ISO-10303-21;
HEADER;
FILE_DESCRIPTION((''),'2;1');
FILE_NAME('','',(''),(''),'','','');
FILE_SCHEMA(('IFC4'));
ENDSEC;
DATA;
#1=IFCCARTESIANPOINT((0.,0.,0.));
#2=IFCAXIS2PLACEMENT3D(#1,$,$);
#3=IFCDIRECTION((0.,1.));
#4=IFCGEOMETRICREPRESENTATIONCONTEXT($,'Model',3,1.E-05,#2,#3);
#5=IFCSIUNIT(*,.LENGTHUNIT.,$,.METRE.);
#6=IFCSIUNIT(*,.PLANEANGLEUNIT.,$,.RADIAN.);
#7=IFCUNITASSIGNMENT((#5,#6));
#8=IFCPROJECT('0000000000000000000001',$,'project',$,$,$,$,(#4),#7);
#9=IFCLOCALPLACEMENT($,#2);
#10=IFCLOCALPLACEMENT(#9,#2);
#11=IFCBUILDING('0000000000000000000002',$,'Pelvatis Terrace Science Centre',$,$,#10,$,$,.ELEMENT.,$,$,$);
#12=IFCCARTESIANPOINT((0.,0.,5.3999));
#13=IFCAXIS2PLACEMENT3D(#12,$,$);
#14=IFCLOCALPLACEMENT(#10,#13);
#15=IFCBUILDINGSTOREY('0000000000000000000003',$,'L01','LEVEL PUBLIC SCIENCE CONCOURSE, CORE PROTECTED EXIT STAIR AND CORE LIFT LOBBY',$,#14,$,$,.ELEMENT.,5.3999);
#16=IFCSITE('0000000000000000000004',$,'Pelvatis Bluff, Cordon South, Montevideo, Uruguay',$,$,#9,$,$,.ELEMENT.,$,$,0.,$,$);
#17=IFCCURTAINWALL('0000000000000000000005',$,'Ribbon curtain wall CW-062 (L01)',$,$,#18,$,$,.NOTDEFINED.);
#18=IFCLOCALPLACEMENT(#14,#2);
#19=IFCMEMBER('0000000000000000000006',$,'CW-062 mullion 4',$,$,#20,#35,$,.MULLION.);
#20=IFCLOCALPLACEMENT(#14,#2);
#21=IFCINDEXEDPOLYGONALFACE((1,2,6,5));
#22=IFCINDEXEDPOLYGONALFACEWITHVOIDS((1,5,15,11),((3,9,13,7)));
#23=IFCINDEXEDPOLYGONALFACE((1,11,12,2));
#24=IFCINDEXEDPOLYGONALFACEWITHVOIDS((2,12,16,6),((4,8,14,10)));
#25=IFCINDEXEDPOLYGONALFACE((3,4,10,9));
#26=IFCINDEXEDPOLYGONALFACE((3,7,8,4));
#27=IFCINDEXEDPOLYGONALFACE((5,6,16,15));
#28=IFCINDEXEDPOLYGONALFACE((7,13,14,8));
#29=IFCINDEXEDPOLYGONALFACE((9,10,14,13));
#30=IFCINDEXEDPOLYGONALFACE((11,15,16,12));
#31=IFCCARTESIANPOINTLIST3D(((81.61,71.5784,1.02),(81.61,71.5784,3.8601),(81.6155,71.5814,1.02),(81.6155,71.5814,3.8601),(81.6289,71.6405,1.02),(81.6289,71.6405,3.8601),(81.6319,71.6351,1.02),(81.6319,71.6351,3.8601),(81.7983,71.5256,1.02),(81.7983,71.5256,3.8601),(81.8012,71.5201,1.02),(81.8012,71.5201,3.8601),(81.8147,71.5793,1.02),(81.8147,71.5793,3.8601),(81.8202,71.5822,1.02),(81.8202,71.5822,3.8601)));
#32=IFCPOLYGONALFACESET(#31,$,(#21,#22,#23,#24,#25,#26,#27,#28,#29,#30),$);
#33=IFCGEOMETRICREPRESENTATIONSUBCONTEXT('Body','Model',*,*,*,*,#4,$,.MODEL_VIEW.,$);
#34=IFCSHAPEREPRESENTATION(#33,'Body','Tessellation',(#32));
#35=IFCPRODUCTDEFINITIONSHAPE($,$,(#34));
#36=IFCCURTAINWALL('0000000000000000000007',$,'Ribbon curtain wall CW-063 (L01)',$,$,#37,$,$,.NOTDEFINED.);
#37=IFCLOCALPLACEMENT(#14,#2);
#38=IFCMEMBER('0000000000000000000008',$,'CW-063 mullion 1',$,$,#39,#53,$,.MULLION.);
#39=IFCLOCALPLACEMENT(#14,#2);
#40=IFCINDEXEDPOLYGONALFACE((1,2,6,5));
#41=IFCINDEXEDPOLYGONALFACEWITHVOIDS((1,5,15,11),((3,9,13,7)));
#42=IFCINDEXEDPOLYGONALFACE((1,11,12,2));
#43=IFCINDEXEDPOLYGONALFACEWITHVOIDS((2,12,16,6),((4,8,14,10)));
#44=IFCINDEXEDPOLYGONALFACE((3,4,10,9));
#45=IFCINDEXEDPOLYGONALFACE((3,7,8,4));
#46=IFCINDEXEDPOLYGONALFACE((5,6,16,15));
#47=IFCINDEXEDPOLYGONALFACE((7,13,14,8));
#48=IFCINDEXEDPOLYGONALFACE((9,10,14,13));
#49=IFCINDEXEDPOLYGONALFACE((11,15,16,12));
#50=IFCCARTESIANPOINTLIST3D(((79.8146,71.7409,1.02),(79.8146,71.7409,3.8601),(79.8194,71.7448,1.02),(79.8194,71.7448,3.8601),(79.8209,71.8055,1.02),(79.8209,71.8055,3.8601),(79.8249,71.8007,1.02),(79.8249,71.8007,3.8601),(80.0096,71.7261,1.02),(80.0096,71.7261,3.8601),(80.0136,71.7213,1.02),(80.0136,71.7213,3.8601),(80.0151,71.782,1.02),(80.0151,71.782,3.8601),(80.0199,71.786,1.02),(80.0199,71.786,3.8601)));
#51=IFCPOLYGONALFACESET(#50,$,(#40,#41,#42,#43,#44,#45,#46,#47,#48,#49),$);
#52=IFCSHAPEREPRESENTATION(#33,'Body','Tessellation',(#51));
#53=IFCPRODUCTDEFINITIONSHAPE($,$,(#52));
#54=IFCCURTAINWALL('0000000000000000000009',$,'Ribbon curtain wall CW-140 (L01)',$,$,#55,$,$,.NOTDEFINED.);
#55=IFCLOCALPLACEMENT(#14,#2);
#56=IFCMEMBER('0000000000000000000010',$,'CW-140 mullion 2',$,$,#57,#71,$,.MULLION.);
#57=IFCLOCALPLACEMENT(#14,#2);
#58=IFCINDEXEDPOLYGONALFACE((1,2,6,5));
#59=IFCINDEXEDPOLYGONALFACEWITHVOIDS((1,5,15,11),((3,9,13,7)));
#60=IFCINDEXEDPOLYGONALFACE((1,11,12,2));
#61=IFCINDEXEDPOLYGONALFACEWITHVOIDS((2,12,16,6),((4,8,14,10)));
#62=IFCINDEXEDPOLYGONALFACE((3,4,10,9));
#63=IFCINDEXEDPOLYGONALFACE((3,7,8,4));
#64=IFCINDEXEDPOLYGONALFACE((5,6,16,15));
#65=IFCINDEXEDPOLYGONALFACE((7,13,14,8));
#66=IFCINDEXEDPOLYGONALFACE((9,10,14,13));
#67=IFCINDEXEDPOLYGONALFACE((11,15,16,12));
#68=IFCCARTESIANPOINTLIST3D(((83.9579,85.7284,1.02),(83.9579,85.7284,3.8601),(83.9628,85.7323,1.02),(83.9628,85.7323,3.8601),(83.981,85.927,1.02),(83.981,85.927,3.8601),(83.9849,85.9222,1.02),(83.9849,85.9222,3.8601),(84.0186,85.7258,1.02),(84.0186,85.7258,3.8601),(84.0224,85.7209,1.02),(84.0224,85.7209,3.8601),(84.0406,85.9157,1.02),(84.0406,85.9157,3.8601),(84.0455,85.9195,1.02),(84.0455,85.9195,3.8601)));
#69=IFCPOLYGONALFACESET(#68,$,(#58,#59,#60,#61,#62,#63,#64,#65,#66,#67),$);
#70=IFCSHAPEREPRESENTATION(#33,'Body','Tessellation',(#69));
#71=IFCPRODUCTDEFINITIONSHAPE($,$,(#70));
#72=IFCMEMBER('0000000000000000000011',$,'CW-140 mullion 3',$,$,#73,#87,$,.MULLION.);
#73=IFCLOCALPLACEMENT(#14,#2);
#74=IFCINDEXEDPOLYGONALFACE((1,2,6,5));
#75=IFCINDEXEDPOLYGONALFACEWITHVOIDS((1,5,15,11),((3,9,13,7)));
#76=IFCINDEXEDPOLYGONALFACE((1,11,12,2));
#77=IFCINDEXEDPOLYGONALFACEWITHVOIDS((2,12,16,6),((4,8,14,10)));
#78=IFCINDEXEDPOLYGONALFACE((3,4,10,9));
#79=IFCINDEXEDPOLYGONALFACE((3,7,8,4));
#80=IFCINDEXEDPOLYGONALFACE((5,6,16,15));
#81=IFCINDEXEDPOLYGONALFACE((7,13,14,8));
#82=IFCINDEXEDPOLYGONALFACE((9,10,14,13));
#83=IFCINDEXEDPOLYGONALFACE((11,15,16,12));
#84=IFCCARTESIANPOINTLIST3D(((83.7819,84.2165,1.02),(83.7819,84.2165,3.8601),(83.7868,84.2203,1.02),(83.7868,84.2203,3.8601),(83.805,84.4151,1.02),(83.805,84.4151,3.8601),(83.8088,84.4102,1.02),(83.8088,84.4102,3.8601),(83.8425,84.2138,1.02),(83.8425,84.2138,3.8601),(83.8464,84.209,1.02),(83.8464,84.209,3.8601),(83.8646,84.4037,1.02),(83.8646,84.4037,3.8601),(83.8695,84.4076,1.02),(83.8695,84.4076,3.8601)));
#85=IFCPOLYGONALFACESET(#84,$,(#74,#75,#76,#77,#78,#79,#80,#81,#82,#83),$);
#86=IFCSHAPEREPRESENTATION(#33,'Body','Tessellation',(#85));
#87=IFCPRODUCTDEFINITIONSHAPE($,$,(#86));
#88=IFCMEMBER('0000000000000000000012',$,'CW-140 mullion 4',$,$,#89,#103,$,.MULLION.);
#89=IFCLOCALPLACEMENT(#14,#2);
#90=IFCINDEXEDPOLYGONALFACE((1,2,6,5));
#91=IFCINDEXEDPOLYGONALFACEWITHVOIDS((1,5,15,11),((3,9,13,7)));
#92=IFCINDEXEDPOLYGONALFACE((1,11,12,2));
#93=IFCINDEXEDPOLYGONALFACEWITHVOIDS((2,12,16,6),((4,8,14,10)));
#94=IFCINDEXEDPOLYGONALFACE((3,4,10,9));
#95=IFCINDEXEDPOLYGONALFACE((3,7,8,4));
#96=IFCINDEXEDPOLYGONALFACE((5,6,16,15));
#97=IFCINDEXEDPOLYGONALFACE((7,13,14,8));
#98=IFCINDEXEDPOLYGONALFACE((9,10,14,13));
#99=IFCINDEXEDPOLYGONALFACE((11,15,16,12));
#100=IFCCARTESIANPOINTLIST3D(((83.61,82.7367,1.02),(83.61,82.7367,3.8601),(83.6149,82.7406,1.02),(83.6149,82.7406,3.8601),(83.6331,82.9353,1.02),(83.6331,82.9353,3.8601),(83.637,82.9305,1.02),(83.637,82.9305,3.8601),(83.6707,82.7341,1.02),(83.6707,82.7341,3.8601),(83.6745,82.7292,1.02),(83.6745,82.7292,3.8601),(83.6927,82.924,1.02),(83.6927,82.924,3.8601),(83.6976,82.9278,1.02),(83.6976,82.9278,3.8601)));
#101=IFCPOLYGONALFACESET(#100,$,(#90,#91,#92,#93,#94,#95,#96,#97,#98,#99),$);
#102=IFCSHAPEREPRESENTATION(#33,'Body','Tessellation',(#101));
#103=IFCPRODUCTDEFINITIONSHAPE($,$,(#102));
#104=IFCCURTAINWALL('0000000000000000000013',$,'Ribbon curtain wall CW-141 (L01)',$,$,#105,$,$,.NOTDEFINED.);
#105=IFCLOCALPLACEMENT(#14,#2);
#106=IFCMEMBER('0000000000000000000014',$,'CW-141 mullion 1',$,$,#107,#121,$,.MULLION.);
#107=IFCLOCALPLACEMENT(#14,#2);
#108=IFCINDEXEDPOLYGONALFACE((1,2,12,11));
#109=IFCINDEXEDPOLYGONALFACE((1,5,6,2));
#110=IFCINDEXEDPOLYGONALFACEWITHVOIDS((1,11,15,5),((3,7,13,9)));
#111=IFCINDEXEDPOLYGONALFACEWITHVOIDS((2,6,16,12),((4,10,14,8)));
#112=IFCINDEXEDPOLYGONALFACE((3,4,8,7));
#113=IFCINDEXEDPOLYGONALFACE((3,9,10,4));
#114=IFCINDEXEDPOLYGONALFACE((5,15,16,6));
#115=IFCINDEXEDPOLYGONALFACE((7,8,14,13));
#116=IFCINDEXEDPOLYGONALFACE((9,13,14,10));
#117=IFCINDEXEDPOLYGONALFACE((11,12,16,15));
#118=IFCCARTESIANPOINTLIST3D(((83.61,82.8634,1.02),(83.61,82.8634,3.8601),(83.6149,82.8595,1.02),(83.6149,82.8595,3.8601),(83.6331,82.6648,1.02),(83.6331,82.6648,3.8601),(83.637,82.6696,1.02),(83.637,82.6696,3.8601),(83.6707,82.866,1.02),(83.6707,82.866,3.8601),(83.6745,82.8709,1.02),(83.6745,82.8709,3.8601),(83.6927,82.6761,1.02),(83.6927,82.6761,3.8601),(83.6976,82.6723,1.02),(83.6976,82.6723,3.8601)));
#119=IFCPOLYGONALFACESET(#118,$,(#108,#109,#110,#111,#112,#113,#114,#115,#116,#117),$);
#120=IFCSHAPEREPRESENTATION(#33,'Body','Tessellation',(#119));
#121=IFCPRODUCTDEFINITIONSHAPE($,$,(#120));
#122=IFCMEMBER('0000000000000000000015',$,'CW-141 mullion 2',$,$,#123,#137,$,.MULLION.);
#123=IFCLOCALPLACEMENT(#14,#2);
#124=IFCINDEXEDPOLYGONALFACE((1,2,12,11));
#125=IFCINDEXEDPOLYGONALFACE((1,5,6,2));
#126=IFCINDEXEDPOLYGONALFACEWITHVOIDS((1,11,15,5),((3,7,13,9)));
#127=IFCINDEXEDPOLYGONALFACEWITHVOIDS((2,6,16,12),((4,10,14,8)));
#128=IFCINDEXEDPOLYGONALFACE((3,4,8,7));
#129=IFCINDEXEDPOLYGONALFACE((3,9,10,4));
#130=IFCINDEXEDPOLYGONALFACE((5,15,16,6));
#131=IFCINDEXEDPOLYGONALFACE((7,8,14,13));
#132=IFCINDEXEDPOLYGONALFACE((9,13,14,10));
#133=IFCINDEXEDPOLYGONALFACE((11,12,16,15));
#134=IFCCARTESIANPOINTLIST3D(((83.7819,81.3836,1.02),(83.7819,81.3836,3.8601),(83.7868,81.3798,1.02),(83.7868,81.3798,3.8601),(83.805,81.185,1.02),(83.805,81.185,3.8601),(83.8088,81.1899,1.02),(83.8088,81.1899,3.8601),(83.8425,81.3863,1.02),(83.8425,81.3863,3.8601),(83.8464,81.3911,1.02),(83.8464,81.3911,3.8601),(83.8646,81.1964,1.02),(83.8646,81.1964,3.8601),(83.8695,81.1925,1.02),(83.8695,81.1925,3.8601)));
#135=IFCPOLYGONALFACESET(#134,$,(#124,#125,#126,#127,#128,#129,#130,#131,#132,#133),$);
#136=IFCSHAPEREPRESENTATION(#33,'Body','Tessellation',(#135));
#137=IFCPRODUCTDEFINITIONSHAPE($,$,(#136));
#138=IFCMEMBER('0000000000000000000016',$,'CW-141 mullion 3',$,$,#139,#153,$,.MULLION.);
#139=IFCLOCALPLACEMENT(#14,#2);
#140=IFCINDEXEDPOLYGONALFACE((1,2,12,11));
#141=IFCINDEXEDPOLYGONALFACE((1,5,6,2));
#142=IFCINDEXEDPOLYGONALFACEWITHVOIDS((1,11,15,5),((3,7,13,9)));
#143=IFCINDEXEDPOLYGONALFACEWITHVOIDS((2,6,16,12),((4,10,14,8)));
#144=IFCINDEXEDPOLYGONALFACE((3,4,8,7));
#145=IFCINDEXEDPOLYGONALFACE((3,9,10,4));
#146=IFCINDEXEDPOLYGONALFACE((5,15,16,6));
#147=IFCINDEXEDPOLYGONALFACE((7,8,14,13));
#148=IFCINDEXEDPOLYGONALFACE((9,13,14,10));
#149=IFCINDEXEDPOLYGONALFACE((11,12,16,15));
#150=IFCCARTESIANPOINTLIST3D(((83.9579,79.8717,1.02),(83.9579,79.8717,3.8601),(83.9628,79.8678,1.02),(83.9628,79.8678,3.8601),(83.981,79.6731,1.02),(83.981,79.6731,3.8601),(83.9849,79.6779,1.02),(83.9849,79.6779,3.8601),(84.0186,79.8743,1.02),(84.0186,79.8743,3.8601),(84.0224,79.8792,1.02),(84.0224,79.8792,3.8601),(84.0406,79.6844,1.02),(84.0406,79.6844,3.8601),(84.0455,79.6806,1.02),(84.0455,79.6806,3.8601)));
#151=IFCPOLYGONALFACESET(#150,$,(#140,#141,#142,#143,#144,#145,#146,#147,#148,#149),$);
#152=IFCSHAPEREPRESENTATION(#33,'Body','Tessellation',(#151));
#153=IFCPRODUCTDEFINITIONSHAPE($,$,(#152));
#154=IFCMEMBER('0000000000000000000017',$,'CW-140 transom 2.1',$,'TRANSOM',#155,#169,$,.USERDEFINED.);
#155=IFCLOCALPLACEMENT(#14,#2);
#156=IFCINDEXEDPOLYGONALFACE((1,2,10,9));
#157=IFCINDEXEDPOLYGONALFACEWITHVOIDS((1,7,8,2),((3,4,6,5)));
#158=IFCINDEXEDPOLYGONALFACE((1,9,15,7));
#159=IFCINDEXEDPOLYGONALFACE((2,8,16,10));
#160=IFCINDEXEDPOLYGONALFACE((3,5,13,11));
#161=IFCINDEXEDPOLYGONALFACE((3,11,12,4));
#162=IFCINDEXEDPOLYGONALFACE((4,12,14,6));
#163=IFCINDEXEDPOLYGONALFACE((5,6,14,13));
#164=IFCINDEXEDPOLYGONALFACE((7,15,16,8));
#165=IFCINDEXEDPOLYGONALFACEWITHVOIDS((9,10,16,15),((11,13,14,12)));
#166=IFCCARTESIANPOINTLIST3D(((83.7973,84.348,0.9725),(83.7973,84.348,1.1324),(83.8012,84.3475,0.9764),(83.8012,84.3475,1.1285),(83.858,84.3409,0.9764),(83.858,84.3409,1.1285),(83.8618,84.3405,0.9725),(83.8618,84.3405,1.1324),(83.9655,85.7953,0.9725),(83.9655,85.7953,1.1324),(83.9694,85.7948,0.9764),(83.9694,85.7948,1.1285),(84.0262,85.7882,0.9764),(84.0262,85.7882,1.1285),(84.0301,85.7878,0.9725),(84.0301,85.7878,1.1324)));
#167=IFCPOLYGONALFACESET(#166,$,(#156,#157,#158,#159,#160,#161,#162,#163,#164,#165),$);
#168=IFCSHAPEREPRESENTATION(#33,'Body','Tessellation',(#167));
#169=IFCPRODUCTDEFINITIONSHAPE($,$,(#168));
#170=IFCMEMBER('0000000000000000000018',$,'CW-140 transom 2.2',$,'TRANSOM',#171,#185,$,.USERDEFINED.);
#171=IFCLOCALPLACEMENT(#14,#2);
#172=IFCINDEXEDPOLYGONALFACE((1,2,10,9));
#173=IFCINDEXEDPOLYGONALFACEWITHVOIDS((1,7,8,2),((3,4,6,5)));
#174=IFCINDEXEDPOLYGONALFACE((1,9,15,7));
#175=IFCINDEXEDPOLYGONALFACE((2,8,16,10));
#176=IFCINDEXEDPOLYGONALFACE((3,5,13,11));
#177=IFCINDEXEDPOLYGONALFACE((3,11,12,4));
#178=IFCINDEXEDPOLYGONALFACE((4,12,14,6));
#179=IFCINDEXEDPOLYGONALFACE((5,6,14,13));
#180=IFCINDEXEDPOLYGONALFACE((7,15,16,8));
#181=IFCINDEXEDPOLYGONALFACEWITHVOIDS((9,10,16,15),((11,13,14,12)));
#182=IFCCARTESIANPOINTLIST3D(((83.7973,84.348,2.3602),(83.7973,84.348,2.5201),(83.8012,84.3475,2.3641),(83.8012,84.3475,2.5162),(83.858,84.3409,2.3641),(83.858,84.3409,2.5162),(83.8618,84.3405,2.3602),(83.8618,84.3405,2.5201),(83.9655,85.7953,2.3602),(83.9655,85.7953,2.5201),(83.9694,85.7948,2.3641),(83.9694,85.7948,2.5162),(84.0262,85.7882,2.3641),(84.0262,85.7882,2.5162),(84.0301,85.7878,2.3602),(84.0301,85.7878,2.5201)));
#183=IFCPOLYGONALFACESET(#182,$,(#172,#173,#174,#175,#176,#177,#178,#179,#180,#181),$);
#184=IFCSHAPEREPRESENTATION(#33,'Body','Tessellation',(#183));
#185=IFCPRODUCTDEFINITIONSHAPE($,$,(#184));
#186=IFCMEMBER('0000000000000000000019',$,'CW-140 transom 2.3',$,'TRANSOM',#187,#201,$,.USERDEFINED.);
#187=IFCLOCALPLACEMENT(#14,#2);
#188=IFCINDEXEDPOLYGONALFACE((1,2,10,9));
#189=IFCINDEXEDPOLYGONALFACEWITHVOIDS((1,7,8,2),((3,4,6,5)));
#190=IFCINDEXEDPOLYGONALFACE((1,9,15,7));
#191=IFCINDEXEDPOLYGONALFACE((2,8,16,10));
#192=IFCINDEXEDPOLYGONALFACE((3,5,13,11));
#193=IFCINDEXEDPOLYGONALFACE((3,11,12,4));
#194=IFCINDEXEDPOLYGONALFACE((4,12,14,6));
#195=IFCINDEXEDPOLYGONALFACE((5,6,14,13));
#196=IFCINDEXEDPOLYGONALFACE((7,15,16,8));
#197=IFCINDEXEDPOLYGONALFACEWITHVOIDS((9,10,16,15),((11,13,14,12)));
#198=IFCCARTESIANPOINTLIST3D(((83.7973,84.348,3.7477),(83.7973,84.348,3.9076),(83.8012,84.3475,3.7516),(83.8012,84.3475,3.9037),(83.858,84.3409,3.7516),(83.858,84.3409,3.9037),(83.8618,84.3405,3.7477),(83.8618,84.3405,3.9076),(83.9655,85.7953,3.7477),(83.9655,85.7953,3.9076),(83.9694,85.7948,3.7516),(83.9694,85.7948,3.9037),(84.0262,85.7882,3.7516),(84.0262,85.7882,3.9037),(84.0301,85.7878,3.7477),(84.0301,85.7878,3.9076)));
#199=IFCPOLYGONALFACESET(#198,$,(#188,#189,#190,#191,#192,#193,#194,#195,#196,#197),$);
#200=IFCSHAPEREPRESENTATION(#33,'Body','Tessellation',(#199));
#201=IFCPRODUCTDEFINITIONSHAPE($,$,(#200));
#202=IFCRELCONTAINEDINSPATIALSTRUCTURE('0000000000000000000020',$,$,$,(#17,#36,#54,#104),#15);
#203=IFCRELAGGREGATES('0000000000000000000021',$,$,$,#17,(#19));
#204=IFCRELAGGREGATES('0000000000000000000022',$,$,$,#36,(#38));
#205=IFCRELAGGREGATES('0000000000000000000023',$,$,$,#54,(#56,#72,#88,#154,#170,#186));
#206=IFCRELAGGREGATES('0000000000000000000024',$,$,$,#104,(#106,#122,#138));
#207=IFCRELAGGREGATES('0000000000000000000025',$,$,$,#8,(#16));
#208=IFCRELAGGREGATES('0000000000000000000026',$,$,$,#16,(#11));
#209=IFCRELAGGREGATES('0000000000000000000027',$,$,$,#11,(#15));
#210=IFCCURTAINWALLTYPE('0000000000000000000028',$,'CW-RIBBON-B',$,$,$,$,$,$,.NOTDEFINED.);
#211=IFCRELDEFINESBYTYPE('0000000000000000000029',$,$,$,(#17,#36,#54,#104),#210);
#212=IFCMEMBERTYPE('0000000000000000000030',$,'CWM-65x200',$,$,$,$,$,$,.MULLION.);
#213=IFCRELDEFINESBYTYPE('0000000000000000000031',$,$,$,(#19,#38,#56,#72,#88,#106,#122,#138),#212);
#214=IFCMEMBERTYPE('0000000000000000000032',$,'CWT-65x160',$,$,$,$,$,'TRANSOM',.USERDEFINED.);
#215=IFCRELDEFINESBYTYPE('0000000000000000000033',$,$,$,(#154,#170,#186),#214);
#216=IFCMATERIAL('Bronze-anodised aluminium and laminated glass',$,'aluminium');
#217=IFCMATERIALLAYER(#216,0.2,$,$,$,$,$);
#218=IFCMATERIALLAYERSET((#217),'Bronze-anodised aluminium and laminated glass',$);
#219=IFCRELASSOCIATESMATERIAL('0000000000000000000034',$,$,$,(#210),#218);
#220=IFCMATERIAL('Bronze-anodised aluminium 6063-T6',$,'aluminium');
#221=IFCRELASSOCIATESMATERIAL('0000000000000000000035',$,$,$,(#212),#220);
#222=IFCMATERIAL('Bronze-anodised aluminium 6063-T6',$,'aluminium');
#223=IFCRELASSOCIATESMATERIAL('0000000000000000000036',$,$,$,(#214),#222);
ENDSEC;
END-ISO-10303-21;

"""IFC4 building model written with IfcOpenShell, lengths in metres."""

from ifc_helpers import new_model, si_unit, direction, frame, origin, origin_2d, place, context, subcontext, project, spatial, hollow_rectangle, extrude, material, layer, layer_set, material_profile, profile_set, type_object, element, aggregate, save


model = new_model("IFC4")

# Units and contexts
model_context = context("Model", 3, precision=1e-05, world=origin(), true_north=direction((0.0, 1.0)))
body_context = subcontext(model_context, "Body", "Model", "MODEL_VIEW")
ifc_project = project(units=[si_unit("LENGTHUNIT", "METRE"), si_unit("PLANEANGLEUNIT", "RADIAN")], contexts=[model_context])

# Site, building, storey
site_placement = place(None, origin())
site = spatial("IfcSite", under=ifc_project, at=site_placement, Name="Pelvatis Bluff, Cordon South, Montevideo, Uruguay", CompositionType="ELEMENT", RefElevation=0.0)
building_placement = place(site_placement, origin())
building = spatial("IfcBuilding", under=site, at=building_placement, Name="Pelvatis Terrace Science Centre", CompositionType="ELEMENT")
storey_placement = place(building_placement, frame((0.0, 0.0, 5.3999)))
storey = spatial("IfcBuildingStorey", under=building, at=storey_placement, Name="L01", Description="LEVEL PUBLIC SCIENCE CONCOURSE, CORE PROTECTED EXIT STAIR AND CORE LIFT LOBBY", CompositionType="ELEMENT", Elevation=5.3999)

# Curtain walls, members
ifc_material_1 = material(Name="Bronze-anodised aluminium and laminated glass", Category="aluminium")
ifc_layer_1 = layer(ifc_material_1, 0.2)
ifc_layer_set_1 = layer_set([ifc_layer_1], Name="Bronze-anodised aluminium and laminated glass")
curtain_wall_type = type_object("IfcCurtainWallType", Name="CW-RIBBON-B", PredefinedType="NOTDEFINED", material=ifc_layer_set_1)
curtain_wall_1_placement = place(storey_placement, origin())
curtain_wall_1 = element("IfcCurtainWall", 1, at=curtain_wall_1_placement, inside=storey, type_object=curtain_wall_type, Name="Ribbon curtain wall CW-062 (L01)", PredefinedType="NOTDEFINED")
ifc_material_2 = material(Name="Bronze-anodised aluminium 6063-T6", Category="aluminium")
ifc_material_profile_1 = material_profile(ifc_material_2, hollow_rectangle(XDim=0.0649, YDim=0.2, WallThickness=0.0044, at=origin_2d()), Name="ALU-MUL 65x200")
ifc_profile_set_1 = profile_set([ifc_material_profile_1], Name="Bronze-anodised aluminium 6063-T6")
member_type_1 = type_object("IfcMemberType", Name="CWM-65x200", PredefinedType="MULLION", material=ifc_profile_set_1)
member_1_placement = place(storey_placement, frame((81.7151, 71.5803, 1.02), z_axis=(0.0, 0.0, 1.0), x_axis=(-0.291751, -0.956494, 0.0)))
member_1 = element("IfcMember", 2, at=member_1_placement, type_object=member_type_1, Name="CW-062 mullion 4", PredefinedType="MULLION", context=body_context, shape_type="SweptSolid", body=[
    extrude(hollow_rectangle(XDim=0.0649, YDim=0.2, WallThickness=0.0044, at=origin_2d()), origin(), (0.0, 0.0, 1.0), 2.8401),
])
aggregate(curtain_wall_1, [member_1])
curtain_wall_2_placement = place(storey_placement, origin())
curtain_wall_2 = element("IfcCurtainWall", 3, at=curtain_wall_2_placement, inside=storey, type_object=curtain_wall_type, Name="Ribbon curtain wall CW-063 (L01)", PredefinedType="NOTDEFINED")
member_2_placement = place(storey_placement, frame((79.9172, 71.7634, 1.02), z_axis=(0.0, 0.0, 1.0), x_axis=(-0.097743, -0.995212, 0.0)))
member_2 = element("IfcMember", 4, at=member_2_placement, type_object=member_type_1, Name="CW-063 mullion 1", PredefinedType="MULLION", context=body_context, shape_type="SweptSolid", body=[
    extrude(hollow_rectangle(XDim=0.0649, YDim=0.2, WallThickness=0.0044, at=origin_2d()), origin(), (0.0, 0.0, 1.0), 2.8401),
])
aggregate(curtain_wall_2, [member_2])

# Curtain walls, members
curtain_wall_3_placement = place(storey_placement, origin())
curtain_wall_3 = element("IfcCurtainWall", 5, at=curtain_wall_3_placement, inside=storey, type_object=curtain_wall_type, Name="Ribbon curtain wall CW-140 (L01)", PredefinedType="NOTDEFINED")
member_3_placement = place(storey_placement, frame((84.0017, 85.824, 1.02), z_axis=(0.0, 0.0, 1.0), x_axis=(0.993308, -0.115497, 0.0)))
member_3 = element("IfcMember", 6, at=member_3_placement, type_object=member_type_1, Name="CW-140 mullion 2", PredefinedType="MULLION", context=body_context, shape_type="SweptSolid", body=[
    extrude(hollow_rectangle(XDim=0.0649, YDim=0.2, WallThickness=0.0044, at=origin_2d()), origin(), (0.0, 0.0, 1.0), 2.8401),
])
member_4_placement = place(storey_placement, frame((83.8257, 84.312, 1.02), z_axis=(0.0, 0.0, 1.0), x_axis=(0.993308, -0.115497, 0.0)))
member_4 = element("IfcMember", 7, at=member_4_placement, type_object=member_type_1, Name="CW-140 mullion 3", PredefinedType="MULLION", context=body_context, shape_type="SweptSolid", body=[
    extrude(hollow_rectangle(XDim=0.0649, YDim=0.2, WallThickness=0.0044, at=origin_2d()), origin(), (0.0, 0.0, 1.0), 2.8401),
])
member_5_placement = place(storey_placement, frame((83.6538, 82.8323, 1.02), z_axis=(0.0, 0.0, 1.0), x_axis=(0.993308, -0.115497, 0.0)))
member_5 = element("IfcMember", 8, at=member_5_placement, type_object=member_type_1, Name="CW-140 mullion 4", PredefinedType="MULLION", context=body_context, shape_type="SweptSolid", body=[
    extrude(hollow_rectangle(XDim=0.0649, YDim=0.2, WallThickness=0.0044, at=origin_2d()), origin(), (0.0, 0.0, 1.0), 2.8401),
])
curtain_wall_4_placement = place(storey_placement, origin())
curtain_wall_4 = element("IfcCurtainWall", 9, at=curtain_wall_4_placement, inside=storey, type_object=curtain_wall_type, Name="Ribbon curtain wall CW-141 (L01)", PredefinedType="NOTDEFINED")
member_6_placement = place(storey_placement, frame((83.6538, 82.7678, 1.02), z_axis=(0.0, 0.0, 1.0), x_axis=(0.993308, 0.115497, 0.0)))
member_6 = element("IfcMember", 10, at=member_6_placement, type_object=member_type_1, Name="CW-141 mullion 1", PredefinedType="MULLION", context=body_context, shape_type="SweptSolid", body=[
    extrude(hollow_rectangle(XDim=0.0649, YDim=0.2, WallThickness=0.0044, at=origin_2d()), origin(), (0.0, 0.0, 1.0), 2.8401),
])
member_7_placement = place(storey_placement, frame((83.8257, 81.2881, 1.02), z_axis=(0.0, 0.0, 1.0), x_axis=(0.993308, 0.115497, 0.0)))
member_7 = element("IfcMember", 11, at=member_7_placement, type_object=member_type_1, Name="CW-141 mullion 2", PredefinedType="MULLION", context=body_context, shape_type="SweptSolid", body=[
    extrude(hollow_rectangle(XDim=0.0649, YDim=0.2, WallThickness=0.0044, at=origin_2d()), origin(), (0.0, 0.0, 1.0), 2.8401),
])
member_8_placement = place(storey_placement, frame((84.0017, 79.7761, 1.02), z_axis=(0.0, 0.0, 1.0), x_axis=(0.993308, 0.115497, 0.0)))
member_8 = element("IfcMember", 12, at=member_8_placement, type_object=member_type_1, Name="CW-141 mullion 3", PredefinedType="MULLION", context=body_context, shape_type="SweptSolid", body=[
    extrude(hollow_rectangle(XDim=0.0649, YDim=0.2, WallThickness=0.0044, at=origin_2d()), origin(), (0.0, 0.0, 1.0), 2.8401),
])

# Members
ifc_material_3 = material(Name="Bronze-anodised aluminium 6063-T6", Category="aluminium")
ifc_material_profile_2 = material_profile(ifc_material_3, hollow_rectangle(XDim=0.0649, YDim=0.1599, WallThickness=0.0039, at=origin_2d()), Name="ALU-TRN 65x160")
ifc_profile_set_2 = profile_set([ifc_material_profile_2], Name="Bronze-anodised aluminium 6063-T6")
member_type_2 = type_object("IfcMemberType", Name="CWT-65x160", ElementType="TRANSOM", PredefinedType="USERDEFINED", material=ifc_profile_set_2)
member_9_placement = place(storey_placement, frame((83.9978, 85.7915, 1.0525), z_axis=(-0.115451, -0.993313, 0.0), x_axis=(0.993313, -0.115451, 0.0)))
member_9 = element("IfcMember", 13, at=member_9_placement, type_object=member_type_2, Name="CW-140 transom 2.1", ObjectType="TRANSOM", PredefinedType="USERDEFINED", context=body_context, shape_type="SweptSolid", body=[
    extrude(hollow_rectangle(XDim=0.0649, YDim=0.1599, WallThickness=0.0039, at=origin_2d()), origin(), (0.0, 0.0, 1.0), 1.457),
])
member_10_placement = place(storey_placement, frame((83.9978, 85.7915, 2.4402), z_axis=(-0.115451, -0.993313, 0.0), x_axis=(0.993313, -0.115451, 0.0)))
member_10 = element("IfcMember", 14, at=member_10_placement, type_object=member_type_2, Name="CW-140 transom 2.2", ObjectType="TRANSOM", PredefinedType="USERDEFINED", context=body_context, shape_type="SweptSolid", body=[
    extrude(hollow_rectangle(XDim=0.0649, YDim=0.1599, WallThickness=0.0039, at=origin_2d()), origin(), (0.0, 0.0, 1.0), 1.457),
])
member_11_placement = place(storey_placement, frame((83.9978, 85.7915, 3.8276), z_axis=(-0.115451, -0.993313, 0.0), x_axis=(0.993313, -0.115451, 0.0)))
member_11 = element("IfcMember", 15, at=member_11_placement, type_object=member_type_2, Name="CW-140 transom 2.3", ObjectType="TRANSOM", PredefinedType="USERDEFINED", context=body_context, shape_type="SweptSolid", body=[
    extrude(hollow_rectangle(XDim=0.0649, YDim=0.1599, WallThickness=0.0039, at=origin_2d()), origin(), (0.0, 0.0, 1.0), 1.457),
])

aggregate(curtain_wall_3, [member_3, member_4, member_5, member_9, member_10, member_11])
aggregate(curtain_wall_4, [member_6, member_7, member_8])

save(model, "model.ifc")
